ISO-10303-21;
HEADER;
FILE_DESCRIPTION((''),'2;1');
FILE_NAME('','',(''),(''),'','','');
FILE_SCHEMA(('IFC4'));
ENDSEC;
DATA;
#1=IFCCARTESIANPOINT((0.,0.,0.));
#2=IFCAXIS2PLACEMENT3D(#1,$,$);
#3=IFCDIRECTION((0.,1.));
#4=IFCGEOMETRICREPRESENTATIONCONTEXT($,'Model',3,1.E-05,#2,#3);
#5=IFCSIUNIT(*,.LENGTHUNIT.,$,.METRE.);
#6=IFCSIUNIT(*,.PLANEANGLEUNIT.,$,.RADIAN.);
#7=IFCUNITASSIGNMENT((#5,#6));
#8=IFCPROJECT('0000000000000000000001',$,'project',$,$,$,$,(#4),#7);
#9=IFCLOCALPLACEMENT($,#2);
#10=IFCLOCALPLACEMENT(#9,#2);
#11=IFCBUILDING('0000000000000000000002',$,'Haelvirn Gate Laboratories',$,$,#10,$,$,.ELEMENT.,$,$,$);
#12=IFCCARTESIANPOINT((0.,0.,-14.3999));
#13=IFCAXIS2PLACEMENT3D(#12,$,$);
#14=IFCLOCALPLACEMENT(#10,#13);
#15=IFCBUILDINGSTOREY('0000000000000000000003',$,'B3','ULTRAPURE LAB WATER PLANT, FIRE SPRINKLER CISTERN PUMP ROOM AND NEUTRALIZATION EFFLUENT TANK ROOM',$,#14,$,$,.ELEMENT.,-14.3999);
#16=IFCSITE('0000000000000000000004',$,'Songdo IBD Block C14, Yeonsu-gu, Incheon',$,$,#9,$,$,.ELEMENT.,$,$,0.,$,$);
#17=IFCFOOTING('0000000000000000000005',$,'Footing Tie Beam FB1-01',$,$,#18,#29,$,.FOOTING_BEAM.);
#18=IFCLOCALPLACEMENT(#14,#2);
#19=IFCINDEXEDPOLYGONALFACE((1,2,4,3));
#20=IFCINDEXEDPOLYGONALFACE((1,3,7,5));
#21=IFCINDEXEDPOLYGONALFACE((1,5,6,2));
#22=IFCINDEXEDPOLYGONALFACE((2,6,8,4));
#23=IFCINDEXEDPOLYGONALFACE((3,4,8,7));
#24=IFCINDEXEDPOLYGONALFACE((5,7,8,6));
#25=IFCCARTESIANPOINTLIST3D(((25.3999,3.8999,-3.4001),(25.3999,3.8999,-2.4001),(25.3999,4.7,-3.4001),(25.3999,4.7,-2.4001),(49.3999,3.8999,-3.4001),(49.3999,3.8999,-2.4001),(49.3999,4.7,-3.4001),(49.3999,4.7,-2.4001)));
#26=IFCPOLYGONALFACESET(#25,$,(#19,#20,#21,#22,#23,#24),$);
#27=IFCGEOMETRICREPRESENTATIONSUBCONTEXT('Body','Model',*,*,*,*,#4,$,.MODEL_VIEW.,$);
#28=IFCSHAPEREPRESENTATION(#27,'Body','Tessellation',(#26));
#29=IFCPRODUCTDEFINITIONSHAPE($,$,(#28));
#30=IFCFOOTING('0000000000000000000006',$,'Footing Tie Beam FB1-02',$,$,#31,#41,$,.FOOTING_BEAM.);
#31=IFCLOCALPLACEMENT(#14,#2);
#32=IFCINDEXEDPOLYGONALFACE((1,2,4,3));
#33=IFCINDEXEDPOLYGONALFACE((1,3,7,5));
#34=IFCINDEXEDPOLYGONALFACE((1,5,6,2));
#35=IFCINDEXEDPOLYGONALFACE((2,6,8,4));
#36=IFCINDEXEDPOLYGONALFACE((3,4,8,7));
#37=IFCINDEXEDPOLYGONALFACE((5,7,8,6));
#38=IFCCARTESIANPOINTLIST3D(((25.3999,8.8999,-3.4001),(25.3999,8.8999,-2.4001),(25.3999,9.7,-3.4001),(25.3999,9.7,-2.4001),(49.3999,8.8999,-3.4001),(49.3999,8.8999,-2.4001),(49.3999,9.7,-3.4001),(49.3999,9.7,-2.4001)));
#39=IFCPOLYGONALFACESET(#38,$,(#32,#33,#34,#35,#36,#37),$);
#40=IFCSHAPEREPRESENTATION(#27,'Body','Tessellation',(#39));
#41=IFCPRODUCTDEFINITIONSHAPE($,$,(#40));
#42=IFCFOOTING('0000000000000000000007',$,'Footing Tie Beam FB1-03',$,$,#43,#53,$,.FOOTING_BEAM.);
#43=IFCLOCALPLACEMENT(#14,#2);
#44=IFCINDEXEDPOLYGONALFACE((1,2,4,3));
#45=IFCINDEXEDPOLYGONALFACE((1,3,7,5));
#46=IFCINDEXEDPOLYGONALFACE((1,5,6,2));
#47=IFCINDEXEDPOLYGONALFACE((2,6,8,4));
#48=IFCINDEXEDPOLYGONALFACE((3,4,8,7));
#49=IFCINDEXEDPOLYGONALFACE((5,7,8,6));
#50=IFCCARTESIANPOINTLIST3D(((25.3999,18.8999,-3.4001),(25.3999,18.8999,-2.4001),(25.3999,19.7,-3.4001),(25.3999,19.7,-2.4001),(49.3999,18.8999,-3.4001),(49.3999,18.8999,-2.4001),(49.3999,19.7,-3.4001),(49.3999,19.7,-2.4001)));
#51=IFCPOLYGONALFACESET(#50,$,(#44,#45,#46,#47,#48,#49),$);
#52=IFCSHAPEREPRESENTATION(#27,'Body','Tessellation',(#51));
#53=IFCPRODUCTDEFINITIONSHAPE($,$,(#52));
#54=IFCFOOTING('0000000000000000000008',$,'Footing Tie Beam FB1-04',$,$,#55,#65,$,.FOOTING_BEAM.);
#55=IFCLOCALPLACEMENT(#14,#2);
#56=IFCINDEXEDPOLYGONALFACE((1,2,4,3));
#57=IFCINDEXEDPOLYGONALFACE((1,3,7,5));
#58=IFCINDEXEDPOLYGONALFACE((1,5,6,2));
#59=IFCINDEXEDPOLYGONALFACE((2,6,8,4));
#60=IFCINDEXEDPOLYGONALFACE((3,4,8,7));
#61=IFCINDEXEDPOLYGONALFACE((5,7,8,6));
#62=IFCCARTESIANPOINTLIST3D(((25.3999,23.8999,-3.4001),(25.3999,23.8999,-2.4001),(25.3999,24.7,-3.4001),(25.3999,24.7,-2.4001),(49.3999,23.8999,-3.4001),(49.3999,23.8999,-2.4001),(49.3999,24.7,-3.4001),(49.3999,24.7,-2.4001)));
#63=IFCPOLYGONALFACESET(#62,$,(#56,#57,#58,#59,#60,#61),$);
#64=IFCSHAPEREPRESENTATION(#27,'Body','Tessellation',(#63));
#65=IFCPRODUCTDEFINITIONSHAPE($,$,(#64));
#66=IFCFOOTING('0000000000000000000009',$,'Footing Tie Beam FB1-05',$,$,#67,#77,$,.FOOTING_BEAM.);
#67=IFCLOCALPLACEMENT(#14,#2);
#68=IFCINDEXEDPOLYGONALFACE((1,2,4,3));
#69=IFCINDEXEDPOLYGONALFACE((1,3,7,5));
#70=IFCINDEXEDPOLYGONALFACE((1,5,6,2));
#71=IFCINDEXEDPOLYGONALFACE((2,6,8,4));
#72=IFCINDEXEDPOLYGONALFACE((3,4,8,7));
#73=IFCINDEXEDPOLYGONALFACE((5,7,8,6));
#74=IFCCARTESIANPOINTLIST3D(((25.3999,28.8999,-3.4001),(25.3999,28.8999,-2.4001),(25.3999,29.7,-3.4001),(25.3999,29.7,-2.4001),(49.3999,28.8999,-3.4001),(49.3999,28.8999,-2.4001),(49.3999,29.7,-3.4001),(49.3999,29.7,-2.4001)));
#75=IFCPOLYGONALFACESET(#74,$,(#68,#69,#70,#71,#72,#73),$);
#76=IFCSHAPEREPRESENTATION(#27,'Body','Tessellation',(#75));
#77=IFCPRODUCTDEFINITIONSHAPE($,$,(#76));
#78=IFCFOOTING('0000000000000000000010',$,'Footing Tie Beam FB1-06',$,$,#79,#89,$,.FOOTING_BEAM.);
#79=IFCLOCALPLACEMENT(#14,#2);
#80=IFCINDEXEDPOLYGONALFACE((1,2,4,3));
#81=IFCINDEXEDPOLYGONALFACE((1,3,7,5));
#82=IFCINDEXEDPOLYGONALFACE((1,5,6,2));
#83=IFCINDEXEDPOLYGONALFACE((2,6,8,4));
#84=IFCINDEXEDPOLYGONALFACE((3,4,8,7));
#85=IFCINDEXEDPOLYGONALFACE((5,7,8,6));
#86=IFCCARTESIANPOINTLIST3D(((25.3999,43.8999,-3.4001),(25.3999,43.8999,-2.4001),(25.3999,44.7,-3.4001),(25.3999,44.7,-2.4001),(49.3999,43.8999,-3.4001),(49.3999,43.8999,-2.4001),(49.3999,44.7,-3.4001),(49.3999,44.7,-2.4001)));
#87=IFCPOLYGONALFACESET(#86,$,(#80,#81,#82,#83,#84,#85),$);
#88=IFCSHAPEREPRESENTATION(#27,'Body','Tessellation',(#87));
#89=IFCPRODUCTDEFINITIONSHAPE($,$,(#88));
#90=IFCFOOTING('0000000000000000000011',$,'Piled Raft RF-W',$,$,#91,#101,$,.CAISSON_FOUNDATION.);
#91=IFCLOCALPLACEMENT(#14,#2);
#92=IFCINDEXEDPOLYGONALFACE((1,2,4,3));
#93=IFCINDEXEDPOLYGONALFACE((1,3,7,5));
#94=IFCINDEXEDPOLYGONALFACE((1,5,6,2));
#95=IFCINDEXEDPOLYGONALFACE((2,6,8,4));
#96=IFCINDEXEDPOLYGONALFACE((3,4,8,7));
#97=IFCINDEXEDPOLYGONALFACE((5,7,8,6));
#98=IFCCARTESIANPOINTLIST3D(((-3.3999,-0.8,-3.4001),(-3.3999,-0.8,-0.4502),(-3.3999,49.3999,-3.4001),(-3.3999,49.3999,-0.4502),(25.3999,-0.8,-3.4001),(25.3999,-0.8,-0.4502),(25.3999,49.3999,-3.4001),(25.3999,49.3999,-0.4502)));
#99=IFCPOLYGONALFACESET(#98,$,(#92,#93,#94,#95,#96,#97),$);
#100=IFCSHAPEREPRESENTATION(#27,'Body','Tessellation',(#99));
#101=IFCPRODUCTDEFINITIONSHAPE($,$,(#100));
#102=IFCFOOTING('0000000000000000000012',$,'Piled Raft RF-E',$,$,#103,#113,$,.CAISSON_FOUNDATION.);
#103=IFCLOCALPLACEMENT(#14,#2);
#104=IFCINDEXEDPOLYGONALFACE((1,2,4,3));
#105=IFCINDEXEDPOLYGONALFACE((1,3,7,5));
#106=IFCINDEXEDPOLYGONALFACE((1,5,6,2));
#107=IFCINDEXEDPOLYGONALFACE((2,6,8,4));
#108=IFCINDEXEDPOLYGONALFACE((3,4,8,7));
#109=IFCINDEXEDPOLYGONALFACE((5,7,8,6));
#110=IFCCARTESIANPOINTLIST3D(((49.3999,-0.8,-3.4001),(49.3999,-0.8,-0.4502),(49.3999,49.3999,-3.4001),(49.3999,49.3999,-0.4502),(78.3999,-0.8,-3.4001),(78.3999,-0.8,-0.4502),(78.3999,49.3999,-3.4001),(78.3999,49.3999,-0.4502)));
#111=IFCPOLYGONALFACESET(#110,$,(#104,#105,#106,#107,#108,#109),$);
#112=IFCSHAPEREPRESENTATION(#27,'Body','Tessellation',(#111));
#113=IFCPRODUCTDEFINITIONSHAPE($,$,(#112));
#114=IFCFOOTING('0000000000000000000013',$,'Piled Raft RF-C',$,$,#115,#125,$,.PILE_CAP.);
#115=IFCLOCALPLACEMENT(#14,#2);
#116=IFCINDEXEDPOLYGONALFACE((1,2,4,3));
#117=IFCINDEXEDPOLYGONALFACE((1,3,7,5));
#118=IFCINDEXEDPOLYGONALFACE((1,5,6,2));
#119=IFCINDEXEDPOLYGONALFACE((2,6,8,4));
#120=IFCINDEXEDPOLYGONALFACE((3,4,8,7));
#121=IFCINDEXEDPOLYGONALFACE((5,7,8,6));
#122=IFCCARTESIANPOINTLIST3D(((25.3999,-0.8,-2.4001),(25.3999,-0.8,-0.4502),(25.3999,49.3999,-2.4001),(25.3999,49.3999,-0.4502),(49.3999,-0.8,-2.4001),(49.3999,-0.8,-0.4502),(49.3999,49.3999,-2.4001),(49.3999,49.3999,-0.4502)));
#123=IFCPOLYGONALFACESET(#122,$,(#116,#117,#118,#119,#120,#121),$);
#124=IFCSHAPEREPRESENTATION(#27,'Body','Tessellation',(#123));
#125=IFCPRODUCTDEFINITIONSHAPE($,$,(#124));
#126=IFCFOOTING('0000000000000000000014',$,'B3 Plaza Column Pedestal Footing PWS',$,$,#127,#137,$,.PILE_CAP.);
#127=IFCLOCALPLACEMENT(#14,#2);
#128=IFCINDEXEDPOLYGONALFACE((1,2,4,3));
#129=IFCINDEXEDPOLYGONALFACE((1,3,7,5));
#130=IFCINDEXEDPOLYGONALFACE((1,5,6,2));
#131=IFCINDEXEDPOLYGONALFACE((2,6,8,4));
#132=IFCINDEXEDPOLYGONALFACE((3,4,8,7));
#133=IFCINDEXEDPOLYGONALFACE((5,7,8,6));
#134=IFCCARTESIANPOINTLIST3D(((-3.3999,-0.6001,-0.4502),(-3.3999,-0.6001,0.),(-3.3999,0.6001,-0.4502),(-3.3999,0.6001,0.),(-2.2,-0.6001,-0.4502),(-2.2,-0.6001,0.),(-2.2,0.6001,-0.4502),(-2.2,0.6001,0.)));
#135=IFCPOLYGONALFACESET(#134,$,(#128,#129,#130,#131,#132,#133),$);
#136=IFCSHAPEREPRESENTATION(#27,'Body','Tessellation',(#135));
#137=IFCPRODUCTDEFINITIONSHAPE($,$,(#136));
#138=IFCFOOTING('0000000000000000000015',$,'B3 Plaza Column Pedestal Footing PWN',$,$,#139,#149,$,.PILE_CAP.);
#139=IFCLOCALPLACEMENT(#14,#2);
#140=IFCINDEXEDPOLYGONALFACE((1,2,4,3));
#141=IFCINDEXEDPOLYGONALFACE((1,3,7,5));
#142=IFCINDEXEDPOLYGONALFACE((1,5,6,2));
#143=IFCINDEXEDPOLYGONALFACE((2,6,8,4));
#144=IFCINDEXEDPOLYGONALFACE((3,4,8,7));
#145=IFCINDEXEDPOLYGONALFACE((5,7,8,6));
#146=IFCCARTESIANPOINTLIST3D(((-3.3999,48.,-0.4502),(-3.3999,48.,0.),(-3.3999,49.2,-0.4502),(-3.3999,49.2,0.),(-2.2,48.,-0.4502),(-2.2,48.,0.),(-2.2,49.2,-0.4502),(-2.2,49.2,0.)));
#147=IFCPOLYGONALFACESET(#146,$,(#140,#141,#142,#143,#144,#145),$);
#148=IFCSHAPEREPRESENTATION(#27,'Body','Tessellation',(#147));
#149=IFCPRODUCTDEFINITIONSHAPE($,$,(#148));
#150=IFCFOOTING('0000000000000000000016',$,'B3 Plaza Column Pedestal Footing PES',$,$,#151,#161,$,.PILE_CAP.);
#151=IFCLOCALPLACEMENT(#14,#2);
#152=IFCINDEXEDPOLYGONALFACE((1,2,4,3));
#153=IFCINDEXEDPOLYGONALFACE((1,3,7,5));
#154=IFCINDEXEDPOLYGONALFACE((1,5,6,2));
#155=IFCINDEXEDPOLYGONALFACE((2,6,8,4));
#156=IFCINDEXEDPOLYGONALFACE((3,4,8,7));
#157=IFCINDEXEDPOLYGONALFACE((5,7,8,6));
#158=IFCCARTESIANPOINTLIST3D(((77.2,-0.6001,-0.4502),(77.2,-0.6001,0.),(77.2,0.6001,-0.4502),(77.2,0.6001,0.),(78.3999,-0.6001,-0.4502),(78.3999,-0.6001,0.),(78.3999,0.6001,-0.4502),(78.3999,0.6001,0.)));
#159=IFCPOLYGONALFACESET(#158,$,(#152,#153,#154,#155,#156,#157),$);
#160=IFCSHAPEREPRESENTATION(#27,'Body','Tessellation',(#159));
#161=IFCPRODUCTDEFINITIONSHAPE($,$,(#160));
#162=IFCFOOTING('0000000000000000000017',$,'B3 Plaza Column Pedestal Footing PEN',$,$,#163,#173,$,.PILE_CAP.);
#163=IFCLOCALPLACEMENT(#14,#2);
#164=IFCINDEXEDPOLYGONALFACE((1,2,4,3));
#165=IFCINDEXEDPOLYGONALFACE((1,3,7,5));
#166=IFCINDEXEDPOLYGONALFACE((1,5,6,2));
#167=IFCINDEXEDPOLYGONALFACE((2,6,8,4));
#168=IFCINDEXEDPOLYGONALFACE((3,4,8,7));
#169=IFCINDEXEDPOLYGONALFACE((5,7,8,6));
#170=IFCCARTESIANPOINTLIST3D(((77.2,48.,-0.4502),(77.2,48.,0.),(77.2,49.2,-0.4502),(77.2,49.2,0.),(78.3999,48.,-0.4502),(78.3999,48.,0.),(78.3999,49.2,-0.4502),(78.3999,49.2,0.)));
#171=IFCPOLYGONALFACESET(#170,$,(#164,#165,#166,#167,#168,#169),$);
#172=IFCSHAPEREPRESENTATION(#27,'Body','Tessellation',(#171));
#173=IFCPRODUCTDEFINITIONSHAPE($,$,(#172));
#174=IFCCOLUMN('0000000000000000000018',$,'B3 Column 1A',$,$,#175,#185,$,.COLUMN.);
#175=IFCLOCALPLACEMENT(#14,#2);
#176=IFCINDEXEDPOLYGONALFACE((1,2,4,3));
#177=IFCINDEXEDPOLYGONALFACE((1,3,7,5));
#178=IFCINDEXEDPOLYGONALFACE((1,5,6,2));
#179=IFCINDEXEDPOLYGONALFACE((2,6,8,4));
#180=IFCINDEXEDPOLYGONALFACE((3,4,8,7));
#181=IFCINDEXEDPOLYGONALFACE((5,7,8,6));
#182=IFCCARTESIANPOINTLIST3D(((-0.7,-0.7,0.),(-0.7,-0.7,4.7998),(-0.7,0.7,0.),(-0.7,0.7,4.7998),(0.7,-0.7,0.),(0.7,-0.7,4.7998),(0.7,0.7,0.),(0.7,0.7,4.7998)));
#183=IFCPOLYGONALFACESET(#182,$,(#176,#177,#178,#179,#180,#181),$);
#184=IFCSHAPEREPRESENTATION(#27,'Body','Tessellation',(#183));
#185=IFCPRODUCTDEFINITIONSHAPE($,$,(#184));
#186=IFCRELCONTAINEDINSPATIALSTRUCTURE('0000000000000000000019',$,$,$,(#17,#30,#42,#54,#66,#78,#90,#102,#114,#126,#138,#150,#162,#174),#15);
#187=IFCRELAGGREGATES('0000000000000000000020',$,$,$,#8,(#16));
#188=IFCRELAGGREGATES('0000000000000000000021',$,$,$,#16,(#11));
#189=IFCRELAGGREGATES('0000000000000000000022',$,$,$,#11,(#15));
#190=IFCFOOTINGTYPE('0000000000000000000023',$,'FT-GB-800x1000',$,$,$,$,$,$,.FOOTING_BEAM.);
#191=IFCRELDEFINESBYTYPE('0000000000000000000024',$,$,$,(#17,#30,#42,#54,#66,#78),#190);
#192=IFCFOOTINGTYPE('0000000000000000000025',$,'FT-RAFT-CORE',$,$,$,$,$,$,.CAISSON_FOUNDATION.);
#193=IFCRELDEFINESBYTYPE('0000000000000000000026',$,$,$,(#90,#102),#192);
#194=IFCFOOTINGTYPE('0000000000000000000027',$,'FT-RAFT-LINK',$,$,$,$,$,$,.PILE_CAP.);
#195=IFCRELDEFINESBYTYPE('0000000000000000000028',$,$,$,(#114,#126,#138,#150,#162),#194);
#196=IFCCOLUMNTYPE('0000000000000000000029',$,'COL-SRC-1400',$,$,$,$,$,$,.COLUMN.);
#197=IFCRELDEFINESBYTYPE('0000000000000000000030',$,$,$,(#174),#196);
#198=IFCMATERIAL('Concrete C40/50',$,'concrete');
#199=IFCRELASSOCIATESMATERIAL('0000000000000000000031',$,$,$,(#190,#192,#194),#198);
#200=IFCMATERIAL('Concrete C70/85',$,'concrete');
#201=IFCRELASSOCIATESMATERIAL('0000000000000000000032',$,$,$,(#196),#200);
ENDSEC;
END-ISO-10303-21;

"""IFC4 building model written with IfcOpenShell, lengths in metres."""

from ifc_helpers import new_model, si_unit, direction, frame, origin, origin_with_axes, origin_2d, place, context, subcontext, project, spatial, polyline, rectangle, outline, extrude, source, transform, mapped, material, material_profile, profile_set, type_object, type_shapes, element, save


model = new_model("IFC4")

# Units and contexts
model_context = context("Model", 3, precision=1e-05, world=origin(), true_north=direction((0.0, 1.0)))
body_context = subcontext(model_context, "Body", "Model", "MODEL_VIEW")
ifc_project = project(units=[si_unit("LENGTHUNIT", "METRE"), si_unit("PLANEANGLEUNIT", "RADIAN")], contexts=[model_context])

# Site, building, storey
site_placement = place(None, origin())
site = spatial("IfcSite", under=ifc_project, at=site_placement, Name="Songdo IBD Block C14, Yeonsu-gu, Incheon", CompositionType="ELEMENT", RefElevation=0.0)
building_placement = place(site_placement, origin())
building = spatial("IfcBuilding", under=site, at=building_placement, Name="Haelvirn Gate Laboratories", CompositionType="ELEMENT")
storey_placement = place(building_placement, frame((0.0, 0.0, -14.3999)))
storey = spatial("IfcBuildingStorey", under=building, at=storey_placement, Name="B3", Description="ULTRAPURE LAB WATER PLANT, FIRE SPRINKLER CISTERN PUMP ROOM AND NEUTRALIZATION EFFLUENT TANK ROOM", CompositionType="ELEMENT", Elevation=-14.3999)

# Footings
ifc_material_1 = material(Name="Concrete C40/50", Category="concrete")
footing_type_1 = type_object("IfcFootingType", Name="FT-GB-800x1000", PredefinedType="FOOTING_BEAM", material=ifc_material_1)
footing_1_placement = place(storey_placement, frame((0.0, 0.0, -3.4001)))
element("IfcFooting", 1, at=footing_1_placement, inside=storey, type_object=footing_type_1, Name="Footing Tie Beam FB1-01", PredefinedType="FOOTING_BEAM", context=body_context, shape_type="SweptSolid", body=[
    extrude(outline(polyline([(25.3999, 3.8999), (49.3999, 3.8999), (49.3999, 4.7), (25.3999, 4.7), (25.3999, 3.8999)])), origin(), (0.0, 0.0, 1.0), 1.0),
])
footing_2_placement = place(storey_placement, frame((0.0, 0.0, -3.4001)))
element("IfcFooting", 2, at=footing_2_placement, inside=storey, type_object=footing_type_1, Name="Footing Tie Beam FB1-02", PredefinedType="FOOTING_BEAM", context=body_context, shape_type="SweptSolid", body=[
    extrude(outline(polyline([(25.3999, 8.8999), (49.3999, 8.8999), (49.3999, 9.7), (25.3999, 9.7), (25.3999, 8.8999)])), origin(), (0.0, 0.0, 1.0), 1.0),
])
footing_3_placement = place(storey_placement, frame((0.0, 0.0, -3.4001)))
element("IfcFooting", 3, at=footing_3_placement, inside=storey, type_object=footing_type_1, Name="Footing Tie Beam FB1-03", PredefinedType="FOOTING_BEAM", context=body_context, shape_type="SweptSolid", body=[
    extrude(outline(polyline([(25.3999, 18.8999), (49.3999, 18.8999), (49.3999, 19.7), (25.3999, 19.7), (25.3999, 18.8999)])), origin(), (0.0, 0.0, 1.0), 1.0),
])
footing_4_placement = place(storey_placement, frame((0.0, 0.0, -3.4001)))
element("IfcFooting", 4, at=footing_4_placement, inside=storey, type_object=footing_type_1, Name="Footing Tie Beam FB1-04", PredefinedType="FOOTING_BEAM", context=body_context, shape_type="SweptSolid", body=[
    extrude(outline(polyline([(25.3999, 23.8999), (49.3999, 23.8999), (49.3999, 24.7), (25.3999, 24.7), (25.3999, 23.8999)])), origin(), (0.0, 0.0, 1.0), 1.0),
])
footing_5_placement = place(storey_placement, frame((0.0, 0.0, -3.4001)))
element("IfcFooting", 5, at=footing_5_placement, inside=storey, type_object=footing_type_1, Name="Footing Tie Beam FB1-05", PredefinedType="FOOTING_BEAM", context=body_context, shape_type="SweptSolid", body=[
    extrude(outline(polyline([(25.3999, 28.8999), (49.3999, 28.8999), (49.3999, 29.7), (25.3999, 29.7), (25.3999, 28.8999)])), origin(), (0.0, 0.0, 1.0), 1.0),
])
footing_6_placement = place(storey_placement, frame((0.0, 0.0, -3.4001)))
element("IfcFooting", 6, at=footing_6_placement, inside=storey, type_object=footing_type_1, Name="Footing Tie Beam FB1-06", PredefinedType="FOOTING_BEAM", context=body_context, shape_type="SweptSolid", body=[
    extrude(outline(polyline([(25.3999, 43.8999), (49.3999, 43.8999), (49.3999, 44.7), (25.3999, 44.7), (25.3999, 43.8999)])), origin(), (0.0, 0.0, 1.0), 1.0),
])
footing_type_2 = type_object("IfcFootingType", Name="FT-RAFT-CORE", PredefinedType="CAISSON_FOUNDATION", material=ifc_material_1)
footing_7_placement = place(storey_placement, frame((0.0, 0.0, -3.4001)))
element("IfcFooting", 7, at=footing_7_placement, inside=storey, type_object=footing_type_2, Name="Piled Raft RF-W", PredefinedType="CAISSON_FOUNDATION", context=body_context, shape_type="SweptSolid", body=[
    extrude(outline(polyline([(-3.3999, -0.8), (25.3999, -0.8), (25.3999, 49.3999), (-3.3999, 49.3999), (-3.3999, -0.8)])), origin(), (0.0, 0.0, 1.0), 2.95),
])
footing_8_placement = place(storey_placement, frame((0.0, 0.0, -3.4001)))
element("IfcFooting", 8, at=footing_8_placement, inside=storey, type_object=footing_type_2, Name="Piled Raft RF-E", PredefinedType="CAISSON_FOUNDATION", context=body_context, shape_type="SweptSolid", body=[
    extrude(outline(polyline([(49.3999, -0.8), (78.3999, -0.8), (78.3999, 49.3999), (49.3999, 49.3999), (49.3999, -0.8)])), origin(), (0.0, 0.0, 1.0), 2.95),
])
footing_type_3 = type_object("IfcFootingType", Name="FT-RAFT-LINK", PredefinedType="PILE_CAP", material=ifc_material_1)
footing_9_placement = place(storey_placement, frame((0.0, 0.0, -2.4001)))
element("IfcFooting", 9, at=footing_9_placement, inside=storey, type_object=footing_type_3, Name="Piled Raft RF-C", PredefinedType="PILE_CAP", context=body_context, shape_type="SweptSolid", body=[
    extrude(outline(polyline([(25.3999, -0.8), (49.3999, -0.8), (49.3999, 49.3999), (25.3999, 49.3999), (25.3999, -0.8)])), origin(), (0.0, 0.0, 1.0), 1.95),
])
footing_10_placement = place(storey_placement, frame((0.0, 0.0, -0.4502)))
element("IfcFooting", 10, at=footing_10_placement, inside=storey, type_object=footing_type_3, Name="B3 Plaza Column Pedestal Footing PWS", PredefinedType="PILE_CAP", context=body_context, shape_type="SweptSolid", body=[
    extrude(outline(polyline([(-3.3999, -0.6001), (-2.2, -0.6001), (-2.2, 0.6001), (-3.3999, 0.6001), (-3.3999, -0.6001)])), origin(), (0.0, 0.0, 1.0), 0.4502),
])
footing_11_placement = place(storey_placement, frame((0.0, 0.0, -0.4502)))
element("IfcFooting", 11, at=footing_11_placement, inside=storey, type_object=footing_type_3, Name="B3 Plaza Column Pedestal Footing PWN", PredefinedType="PILE_CAP", context=body_context, shape_type="SweptSolid", body=[
    extrude(outline(polyline([(-3.3999, 48.0), (-2.2, 48.0), (-2.2, 49.2), (-3.3999, 49.2), (-3.3999, 48.0)])), origin(), (0.0, 0.0, 1.0), 0.4502),
])
footing_12_placement = place(storey_placement, frame((0.0, 0.0, -0.4502)))
element("IfcFooting", 12, at=footing_12_placement, inside=storey, type_object=footing_type_3, Name="B3 Plaza Column Pedestal Footing PES", PredefinedType="PILE_CAP", context=body_context, shape_type="SweptSolid", body=[
    extrude(outline(polyline([(77.2, -0.6001), (78.3999, -0.6001), (78.3999, 0.6001), (77.2, 0.6001), (77.2, -0.6001)])), origin(), (0.0, 0.0, 1.0), 0.4502),
])
footing_13_placement = place(storey_placement, frame((0.0, 0.0, -0.4502)))
element("IfcFooting", 13, at=footing_13_placement, inside=storey, type_object=footing_type_3, Name="B3 Plaza Column Pedestal Footing PEN", PredefinedType="PILE_CAP", context=body_context, shape_type="SweptSolid", body=[
    extrude(outline(polyline([(77.2, 48.0), (78.3999, 48.0), (78.3999, 49.2), (77.2, 49.2), (77.2, 48.0)])), origin(), (0.0, 0.0, 1.0), 0.4502),
])

# Column
ifc_material_2 = material(Name="Concrete C70/85", Category="concrete")
ifc_material_profile_1 = material_profile(ifc_material_2, rectangle(XDim=1.3999, YDim=1.3999, at=origin_2d()), Name="SRC-1400x1400")
ifc_profile_set_1 = profile_set([ifc_material_profile_1], Name="Concrete C70/85")
column_type_1 = type_object("IfcColumnType", Name="COL-SRC-1400", PredefinedType="COLUMN", material=ifc_profile_set_1)
shared_shape_1 = source(origin(), body_context, "Body", "SweptSolid", [
    extrude(rectangle(XDim=1.3999, YDim=1.3999, at=origin_2d()), origin(), (0.0, 0.0, 1.0), 4.7998),
])
type_shapes(column_type_1, [shared_shape_1])
column_1_placement = place(storey_placement, origin_with_axes())
element("IfcColumn", 14, at=column_1_placement, inside=storey, type_object=column_type_1, Name="B3 Column 1A", PredefinedType="COLUMN", context=body_context, shape_type="MappedRepresentation", body=[
    mapped(shared_shape_1, transform((0.0, 0.0, 0.0), scale=1.0)),
])

save(model, "model.ifc")
